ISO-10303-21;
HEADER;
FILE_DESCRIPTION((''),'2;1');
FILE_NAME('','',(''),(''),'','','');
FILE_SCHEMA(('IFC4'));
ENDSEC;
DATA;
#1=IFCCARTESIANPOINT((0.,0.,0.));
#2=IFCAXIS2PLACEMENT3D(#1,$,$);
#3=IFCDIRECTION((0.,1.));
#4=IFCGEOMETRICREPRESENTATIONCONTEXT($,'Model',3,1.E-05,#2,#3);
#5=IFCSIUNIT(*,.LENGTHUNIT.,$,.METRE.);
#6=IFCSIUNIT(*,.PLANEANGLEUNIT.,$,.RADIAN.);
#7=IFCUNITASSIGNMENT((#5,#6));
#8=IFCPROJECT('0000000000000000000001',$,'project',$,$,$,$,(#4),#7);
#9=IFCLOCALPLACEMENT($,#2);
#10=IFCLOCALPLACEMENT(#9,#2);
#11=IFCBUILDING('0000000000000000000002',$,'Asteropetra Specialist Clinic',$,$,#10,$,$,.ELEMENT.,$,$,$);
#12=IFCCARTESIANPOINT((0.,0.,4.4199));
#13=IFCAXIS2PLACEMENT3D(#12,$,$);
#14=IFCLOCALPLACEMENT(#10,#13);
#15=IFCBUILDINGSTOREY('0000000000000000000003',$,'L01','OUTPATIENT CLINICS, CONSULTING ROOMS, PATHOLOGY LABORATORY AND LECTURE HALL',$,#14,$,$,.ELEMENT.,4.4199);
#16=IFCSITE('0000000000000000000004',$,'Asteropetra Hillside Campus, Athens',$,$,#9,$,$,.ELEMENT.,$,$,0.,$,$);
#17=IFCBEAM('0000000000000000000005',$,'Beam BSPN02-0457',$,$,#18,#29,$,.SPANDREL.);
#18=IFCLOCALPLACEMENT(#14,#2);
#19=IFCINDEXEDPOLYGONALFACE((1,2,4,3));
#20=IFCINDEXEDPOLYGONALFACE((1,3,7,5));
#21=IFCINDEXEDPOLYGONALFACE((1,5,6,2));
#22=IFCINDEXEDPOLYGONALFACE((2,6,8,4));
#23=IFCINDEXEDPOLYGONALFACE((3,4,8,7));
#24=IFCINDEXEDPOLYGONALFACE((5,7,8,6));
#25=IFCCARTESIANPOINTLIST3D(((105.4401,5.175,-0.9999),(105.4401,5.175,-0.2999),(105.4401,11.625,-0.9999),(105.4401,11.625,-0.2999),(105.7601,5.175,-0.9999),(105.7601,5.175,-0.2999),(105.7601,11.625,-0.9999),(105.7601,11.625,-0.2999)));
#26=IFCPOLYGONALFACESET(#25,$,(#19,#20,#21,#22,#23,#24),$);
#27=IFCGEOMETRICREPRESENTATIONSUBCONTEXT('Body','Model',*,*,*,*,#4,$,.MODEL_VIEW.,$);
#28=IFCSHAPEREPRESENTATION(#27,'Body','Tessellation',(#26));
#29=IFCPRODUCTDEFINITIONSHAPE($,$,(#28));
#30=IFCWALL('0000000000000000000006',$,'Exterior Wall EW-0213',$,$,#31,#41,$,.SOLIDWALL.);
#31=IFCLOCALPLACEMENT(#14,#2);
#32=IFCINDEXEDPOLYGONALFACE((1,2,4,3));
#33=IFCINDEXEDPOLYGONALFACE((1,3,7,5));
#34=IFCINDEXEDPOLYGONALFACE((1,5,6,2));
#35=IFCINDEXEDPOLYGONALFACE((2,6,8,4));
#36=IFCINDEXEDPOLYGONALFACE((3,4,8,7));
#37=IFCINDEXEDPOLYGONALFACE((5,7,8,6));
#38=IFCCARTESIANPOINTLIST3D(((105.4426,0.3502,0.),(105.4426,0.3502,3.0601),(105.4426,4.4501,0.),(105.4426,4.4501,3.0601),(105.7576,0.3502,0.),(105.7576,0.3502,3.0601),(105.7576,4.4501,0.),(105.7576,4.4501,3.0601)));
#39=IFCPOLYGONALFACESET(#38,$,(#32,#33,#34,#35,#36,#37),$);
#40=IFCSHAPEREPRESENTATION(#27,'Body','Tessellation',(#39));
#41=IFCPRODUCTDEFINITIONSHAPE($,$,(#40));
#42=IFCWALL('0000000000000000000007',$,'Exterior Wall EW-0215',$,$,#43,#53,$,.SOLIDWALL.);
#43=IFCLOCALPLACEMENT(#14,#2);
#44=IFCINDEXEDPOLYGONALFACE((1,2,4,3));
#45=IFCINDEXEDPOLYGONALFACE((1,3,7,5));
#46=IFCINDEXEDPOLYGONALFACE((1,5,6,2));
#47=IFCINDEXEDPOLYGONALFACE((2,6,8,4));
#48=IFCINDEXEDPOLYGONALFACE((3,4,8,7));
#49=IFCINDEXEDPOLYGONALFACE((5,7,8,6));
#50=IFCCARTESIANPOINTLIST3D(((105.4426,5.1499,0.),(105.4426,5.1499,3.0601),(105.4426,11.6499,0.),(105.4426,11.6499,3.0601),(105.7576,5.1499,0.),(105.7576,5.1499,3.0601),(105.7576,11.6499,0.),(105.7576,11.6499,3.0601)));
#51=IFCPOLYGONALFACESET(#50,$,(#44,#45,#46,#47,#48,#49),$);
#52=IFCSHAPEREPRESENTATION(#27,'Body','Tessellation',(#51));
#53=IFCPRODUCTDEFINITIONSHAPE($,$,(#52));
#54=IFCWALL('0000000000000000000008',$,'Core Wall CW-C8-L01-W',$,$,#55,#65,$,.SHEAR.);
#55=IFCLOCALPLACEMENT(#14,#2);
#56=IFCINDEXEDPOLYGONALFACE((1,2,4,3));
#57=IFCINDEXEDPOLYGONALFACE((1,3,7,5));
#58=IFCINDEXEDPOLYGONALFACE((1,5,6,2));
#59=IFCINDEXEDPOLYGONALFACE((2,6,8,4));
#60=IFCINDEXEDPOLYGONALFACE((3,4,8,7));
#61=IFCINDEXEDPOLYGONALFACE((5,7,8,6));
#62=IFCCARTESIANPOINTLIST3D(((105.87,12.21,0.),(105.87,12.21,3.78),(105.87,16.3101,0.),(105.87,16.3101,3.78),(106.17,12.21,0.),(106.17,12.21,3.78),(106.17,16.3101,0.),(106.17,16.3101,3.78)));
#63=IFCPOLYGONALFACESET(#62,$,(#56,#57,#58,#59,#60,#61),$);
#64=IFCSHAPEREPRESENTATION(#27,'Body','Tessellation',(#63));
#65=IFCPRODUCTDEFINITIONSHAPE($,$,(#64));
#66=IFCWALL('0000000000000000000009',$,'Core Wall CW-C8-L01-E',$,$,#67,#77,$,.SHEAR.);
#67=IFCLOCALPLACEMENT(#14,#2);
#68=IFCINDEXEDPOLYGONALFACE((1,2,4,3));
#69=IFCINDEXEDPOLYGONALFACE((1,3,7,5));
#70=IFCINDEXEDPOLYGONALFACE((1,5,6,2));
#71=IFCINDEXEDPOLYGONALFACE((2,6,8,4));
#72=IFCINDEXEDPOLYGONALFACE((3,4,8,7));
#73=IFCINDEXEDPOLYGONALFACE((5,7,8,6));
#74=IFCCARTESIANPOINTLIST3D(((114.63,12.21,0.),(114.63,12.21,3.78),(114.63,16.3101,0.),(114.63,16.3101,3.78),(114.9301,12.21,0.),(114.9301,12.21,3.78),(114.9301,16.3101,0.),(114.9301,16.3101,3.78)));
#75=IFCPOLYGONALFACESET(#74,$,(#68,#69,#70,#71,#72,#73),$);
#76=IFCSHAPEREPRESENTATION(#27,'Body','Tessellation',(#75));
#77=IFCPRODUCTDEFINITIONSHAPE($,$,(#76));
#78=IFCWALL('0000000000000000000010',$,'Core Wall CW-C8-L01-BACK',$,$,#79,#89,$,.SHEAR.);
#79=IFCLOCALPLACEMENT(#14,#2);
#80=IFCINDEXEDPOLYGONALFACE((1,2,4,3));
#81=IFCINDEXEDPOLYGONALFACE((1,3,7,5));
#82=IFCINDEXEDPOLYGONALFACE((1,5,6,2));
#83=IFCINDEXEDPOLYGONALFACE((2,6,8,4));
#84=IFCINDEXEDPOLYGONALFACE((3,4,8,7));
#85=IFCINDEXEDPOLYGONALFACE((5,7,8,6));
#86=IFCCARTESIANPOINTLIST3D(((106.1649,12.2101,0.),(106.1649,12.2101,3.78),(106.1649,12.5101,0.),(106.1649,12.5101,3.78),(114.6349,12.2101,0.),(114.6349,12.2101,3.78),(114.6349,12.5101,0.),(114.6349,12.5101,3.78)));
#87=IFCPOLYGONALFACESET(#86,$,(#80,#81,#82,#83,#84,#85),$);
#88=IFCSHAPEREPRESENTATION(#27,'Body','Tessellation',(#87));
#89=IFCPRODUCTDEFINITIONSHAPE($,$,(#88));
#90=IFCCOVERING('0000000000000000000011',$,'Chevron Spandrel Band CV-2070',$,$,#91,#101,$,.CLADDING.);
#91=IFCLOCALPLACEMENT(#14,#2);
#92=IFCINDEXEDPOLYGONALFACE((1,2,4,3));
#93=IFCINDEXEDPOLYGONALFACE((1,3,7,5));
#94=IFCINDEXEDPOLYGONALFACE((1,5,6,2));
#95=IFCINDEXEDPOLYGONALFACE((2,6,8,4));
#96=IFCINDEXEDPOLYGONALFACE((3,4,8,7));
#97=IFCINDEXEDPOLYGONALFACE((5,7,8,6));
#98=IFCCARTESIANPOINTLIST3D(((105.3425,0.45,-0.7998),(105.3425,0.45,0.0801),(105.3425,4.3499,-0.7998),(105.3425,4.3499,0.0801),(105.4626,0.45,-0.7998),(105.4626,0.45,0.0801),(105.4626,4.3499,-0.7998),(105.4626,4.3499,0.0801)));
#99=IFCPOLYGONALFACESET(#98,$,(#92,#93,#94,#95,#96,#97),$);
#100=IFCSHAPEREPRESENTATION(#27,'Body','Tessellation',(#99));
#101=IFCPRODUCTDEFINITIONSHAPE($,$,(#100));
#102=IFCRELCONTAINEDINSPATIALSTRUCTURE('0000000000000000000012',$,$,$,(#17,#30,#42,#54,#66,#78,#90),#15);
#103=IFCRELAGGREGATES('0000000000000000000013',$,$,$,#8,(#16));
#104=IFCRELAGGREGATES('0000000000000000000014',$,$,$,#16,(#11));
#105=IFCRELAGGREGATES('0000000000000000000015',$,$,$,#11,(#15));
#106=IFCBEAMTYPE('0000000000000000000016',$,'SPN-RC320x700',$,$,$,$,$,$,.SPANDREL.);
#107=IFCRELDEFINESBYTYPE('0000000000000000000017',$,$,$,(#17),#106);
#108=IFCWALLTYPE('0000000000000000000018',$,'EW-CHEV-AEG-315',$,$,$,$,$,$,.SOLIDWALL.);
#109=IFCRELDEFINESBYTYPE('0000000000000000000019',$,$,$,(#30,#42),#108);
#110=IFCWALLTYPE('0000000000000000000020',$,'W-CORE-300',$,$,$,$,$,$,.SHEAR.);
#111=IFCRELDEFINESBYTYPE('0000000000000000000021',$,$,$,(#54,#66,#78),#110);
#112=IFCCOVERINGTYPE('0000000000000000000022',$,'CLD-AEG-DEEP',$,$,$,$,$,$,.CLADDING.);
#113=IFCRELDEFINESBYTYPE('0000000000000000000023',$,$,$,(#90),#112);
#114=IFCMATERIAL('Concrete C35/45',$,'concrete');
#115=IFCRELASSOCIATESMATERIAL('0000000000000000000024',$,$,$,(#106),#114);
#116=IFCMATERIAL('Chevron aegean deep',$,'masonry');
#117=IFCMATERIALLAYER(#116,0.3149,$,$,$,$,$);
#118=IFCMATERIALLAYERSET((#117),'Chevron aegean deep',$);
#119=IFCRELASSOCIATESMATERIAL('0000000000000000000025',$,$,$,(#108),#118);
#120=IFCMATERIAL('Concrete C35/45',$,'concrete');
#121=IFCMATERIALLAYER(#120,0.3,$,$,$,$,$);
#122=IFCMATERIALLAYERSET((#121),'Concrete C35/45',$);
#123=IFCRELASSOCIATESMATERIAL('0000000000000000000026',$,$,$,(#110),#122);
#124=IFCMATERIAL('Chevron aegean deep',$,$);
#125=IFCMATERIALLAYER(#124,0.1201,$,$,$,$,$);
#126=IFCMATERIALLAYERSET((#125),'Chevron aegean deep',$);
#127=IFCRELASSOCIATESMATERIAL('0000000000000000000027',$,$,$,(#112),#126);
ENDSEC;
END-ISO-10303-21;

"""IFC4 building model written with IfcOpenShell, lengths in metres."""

from ifc_helpers import new_model, si_unit, direction, frame, frame_2d, origin, origin_2d, place, context, subcontext, project, spatial, rectangle, extrude, material, layer, layer_set, material_profile, profile_set, type_object, element, save


model = new_model("IFC4")

# Units and contexts
model_context = context("Model", 3, precision=1e-05, world=origin(), true_north=direction((0.0, 1.0)))
body_context = subcontext(model_context, "Body", "Model", "MODEL_VIEW")
ifc_project = project(units=[si_unit("LENGTHUNIT", "METRE"), si_unit("PLANEANGLEUNIT", "RADIAN")], contexts=[model_context])

# Site, building, storey
site_placement = place(None, origin())
site = spatial("IfcSite", under=ifc_project, at=site_placement, Name="Asteropetra Hillside Campus, Athens", CompositionType="ELEMENT", RefElevation=0.0)
building_placement = place(site_placement, origin())
building = spatial("IfcBuilding", under=site, at=building_placement, Name="Asteropetra Specialist Clinic", CompositionType="ELEMENT")
storey_placement = place(building_placement, frame((0.0, 0.0, 4.4199)))
storey = spatial("IfcBuildingStorey", under=building, at=storey_placement, Name="L01", Description="OUTPATIENT CLINICS, CONSULTING ROOMS, PATHOLOGY LABORATORY AND LECTURE HALL", CompositionType="ELEMENT", Elevation=4.4199)

# Beam
ifc_material_1 = material(Name="Concrete C35/45", Category="concrete")
ifc_material_profile_1 = material_profile(ifc_material_1, rectangle(XDim=0.3201, YDim=0.7, at=origin_2d()), Name="RCS 320x700")
ifc_profile_set_1 = profile_set([ifc_material_profile_1], Name="Concrete C35/45")
beam_type_1 = type_object("IfcBeamType", Name="SPN-RC320x700", PredefinedType="SPANDREL", material=ifc_profile_set_1)
beam_1_placement = place(storey_placement, frame((105.6001, 5.175, -0.6499), z_axis=(0.0, 1.0, 0.0), x_axis=(-1.0, 0.0, 0.0)))
element("IfcBeam", 1, at=beam_1_placement, inside=storey, type_object=beam_type_1, Name="Beam BSPN02-0457", PredefinedType="SPANDREL", context=body_context, shape_type="SweptSolid", body=[
    extrude(rectangle(XDim=0.3201, YDim=0.7, at=origin_2d()), origin(), (0.0, 0.0, 1.0), 6.45),
])

# Walls
ifc_material_2 = material(Name="Chevron aegean deep", Category="masonry")
ifc_layer_1 = layer(ifc_material_2, 0.3149)
ifc_layer_set_1 = layer_set([ifc_layer_1], Name="Chevron aegean deep")
wall_type_1 = type_object("IfcWallType", Name="EW-CHEV-AEG-315", PredefinedType="SOLIDWALL", material=ifc_layer_set_1)
wall_1_placement = place(storey_placement, frame((105.6001, 4.45, 0.0), z_axis=(0.0, 0.0, 1.0), x_axis=(0.0, -1.0, 0.0)))
element("IfcWall", 2, at=wall_1_placement, inside=storey, type_object=wall_type_1, Name="Exterior Wall EW-0213", PredefinedType="SOLIDWALL", context=body_context, shape_type="SweptSolid", body=[
    extrude(rectangle(XDim=4.0999, YDim=0.3149, at=frame_2d((2.0498, 0.0))), origin(), (0.0, 0.0, 1.0), 3.0601),
])
wall_2_placement = place(storey_placement, frame((105.6001, 11.6499, 0.0), z_axis=(0.0, 0.0, 1.0), x_axis=(0.0, -1.0, 0.0)))
element("IfcWall", 3, at=wall_2_placement, inside=storey, type_object=wall_type_1, Name="Exterior Wall EW-0215", PredefinedType="SOLIDWALL", context=body_context, shape_type="SweptSolid", body=[
    extrude(rectangle(XDim=6.5, YDim=0.3149, at=frame_2d((3.25, 0.0))), origin(), (0.0, 0.0, 1.0), 3.0601),
])
ifc_material_3 = material(Name="Concrete C35/45", Category="concrete")
ifc_layer_2 = layer(ifc_material_3, 0.3)
ifc_layer_set_2 = layer_set([ifc_layer_2], Name="Concrete C35/45")
wall_type_2 = type_object("IfcWallType", Name="W-CORE-300", PredefinedType="SHEAR", material=ifc_layer_set_2)
for number, where, z_axis, x_axis, name in (
    (4, (106.02, 12.21, 0.0), (0.0, 0.0, 1.0), (0.0, 1.0, 0.0), "Core Wall CW-C8-L01-W"),
    (5, (114.78, 12.21, 0.0), (0.0, 0.0, 1.0), (0.0, 1.0, 0.0), "Core Wall CW-C8-L01-E"),
):
    element("IfcWall", number, at=place(storey_placement, frame(where, z_axis=z_axis, x_axis=x_axis)), inside=storey, type_object=wall_type_2, Name=name, PredefinedType="SHEAR", context=body_context, shape_type="SweptSolid", body=[
        extrude(rectangle(XDim=4.1001, YDim=0.3, at=frame_2d((2.05, 0.0))), origin(), (0.0, 0.0, 1.0), 3.78),
    ])
wall_3_placement = place(storey_placement, frame((106.165, 12.3601, 0.0), z_axis=(0.0, 0.0, 1.0), x_axis=(1.0, 0.0, 0.0)))
element("IfcWall", 6, at=wall_3_placement, inside=storey, type_object=wall_type_2, Name="Core Wall CW-C8-L01-BACK", PredefinedType="SHEAR", context=body_context, shape_type="SweptSolid", body=[
    extrude(rectangle(XDim=8.47, YDim=0.3, at=frame_2d((4.2349, 0.0))), origin(), (0.0, 0.0, 1.0), 3.78),
])

# Covering
ifc_material_4 = material(Name="Chevron aegean deep")
ifc_layer_3 = layer(ifc_material_4, 0.1201)
ifc_layer_set_3 = layer_set([ifc_layer_3], Name="Chevron aegean deep")
covering_type = type_object("IfcCoveringType", Name="CLD-AEG-DEEP", PredefinedType="CLADDING", material=ifc_layer_set_3)
covering_placement = place(storey_placement, frame((105.4026, 2.3999, -0.7998), z_axis=(0.0, 0.0, 1.0), x_axis=(1.0, 0.0, 0.0)))
element("IfcCovering", 7, at=covering_placement, inside=storey, type_object=covering_type, Name="Chevron Spandrel Band CV-2070", PredefinedType="CLADDING", context=body_context, shape_type="SweptSolid", body=[
    extrude(rectangle(XDim=0.1201, YDim=3.8999, at=origin_2d()), origin(), (0.0, 0.0, 1.0), 0.8799),
])

save(model, "model.ifc")
